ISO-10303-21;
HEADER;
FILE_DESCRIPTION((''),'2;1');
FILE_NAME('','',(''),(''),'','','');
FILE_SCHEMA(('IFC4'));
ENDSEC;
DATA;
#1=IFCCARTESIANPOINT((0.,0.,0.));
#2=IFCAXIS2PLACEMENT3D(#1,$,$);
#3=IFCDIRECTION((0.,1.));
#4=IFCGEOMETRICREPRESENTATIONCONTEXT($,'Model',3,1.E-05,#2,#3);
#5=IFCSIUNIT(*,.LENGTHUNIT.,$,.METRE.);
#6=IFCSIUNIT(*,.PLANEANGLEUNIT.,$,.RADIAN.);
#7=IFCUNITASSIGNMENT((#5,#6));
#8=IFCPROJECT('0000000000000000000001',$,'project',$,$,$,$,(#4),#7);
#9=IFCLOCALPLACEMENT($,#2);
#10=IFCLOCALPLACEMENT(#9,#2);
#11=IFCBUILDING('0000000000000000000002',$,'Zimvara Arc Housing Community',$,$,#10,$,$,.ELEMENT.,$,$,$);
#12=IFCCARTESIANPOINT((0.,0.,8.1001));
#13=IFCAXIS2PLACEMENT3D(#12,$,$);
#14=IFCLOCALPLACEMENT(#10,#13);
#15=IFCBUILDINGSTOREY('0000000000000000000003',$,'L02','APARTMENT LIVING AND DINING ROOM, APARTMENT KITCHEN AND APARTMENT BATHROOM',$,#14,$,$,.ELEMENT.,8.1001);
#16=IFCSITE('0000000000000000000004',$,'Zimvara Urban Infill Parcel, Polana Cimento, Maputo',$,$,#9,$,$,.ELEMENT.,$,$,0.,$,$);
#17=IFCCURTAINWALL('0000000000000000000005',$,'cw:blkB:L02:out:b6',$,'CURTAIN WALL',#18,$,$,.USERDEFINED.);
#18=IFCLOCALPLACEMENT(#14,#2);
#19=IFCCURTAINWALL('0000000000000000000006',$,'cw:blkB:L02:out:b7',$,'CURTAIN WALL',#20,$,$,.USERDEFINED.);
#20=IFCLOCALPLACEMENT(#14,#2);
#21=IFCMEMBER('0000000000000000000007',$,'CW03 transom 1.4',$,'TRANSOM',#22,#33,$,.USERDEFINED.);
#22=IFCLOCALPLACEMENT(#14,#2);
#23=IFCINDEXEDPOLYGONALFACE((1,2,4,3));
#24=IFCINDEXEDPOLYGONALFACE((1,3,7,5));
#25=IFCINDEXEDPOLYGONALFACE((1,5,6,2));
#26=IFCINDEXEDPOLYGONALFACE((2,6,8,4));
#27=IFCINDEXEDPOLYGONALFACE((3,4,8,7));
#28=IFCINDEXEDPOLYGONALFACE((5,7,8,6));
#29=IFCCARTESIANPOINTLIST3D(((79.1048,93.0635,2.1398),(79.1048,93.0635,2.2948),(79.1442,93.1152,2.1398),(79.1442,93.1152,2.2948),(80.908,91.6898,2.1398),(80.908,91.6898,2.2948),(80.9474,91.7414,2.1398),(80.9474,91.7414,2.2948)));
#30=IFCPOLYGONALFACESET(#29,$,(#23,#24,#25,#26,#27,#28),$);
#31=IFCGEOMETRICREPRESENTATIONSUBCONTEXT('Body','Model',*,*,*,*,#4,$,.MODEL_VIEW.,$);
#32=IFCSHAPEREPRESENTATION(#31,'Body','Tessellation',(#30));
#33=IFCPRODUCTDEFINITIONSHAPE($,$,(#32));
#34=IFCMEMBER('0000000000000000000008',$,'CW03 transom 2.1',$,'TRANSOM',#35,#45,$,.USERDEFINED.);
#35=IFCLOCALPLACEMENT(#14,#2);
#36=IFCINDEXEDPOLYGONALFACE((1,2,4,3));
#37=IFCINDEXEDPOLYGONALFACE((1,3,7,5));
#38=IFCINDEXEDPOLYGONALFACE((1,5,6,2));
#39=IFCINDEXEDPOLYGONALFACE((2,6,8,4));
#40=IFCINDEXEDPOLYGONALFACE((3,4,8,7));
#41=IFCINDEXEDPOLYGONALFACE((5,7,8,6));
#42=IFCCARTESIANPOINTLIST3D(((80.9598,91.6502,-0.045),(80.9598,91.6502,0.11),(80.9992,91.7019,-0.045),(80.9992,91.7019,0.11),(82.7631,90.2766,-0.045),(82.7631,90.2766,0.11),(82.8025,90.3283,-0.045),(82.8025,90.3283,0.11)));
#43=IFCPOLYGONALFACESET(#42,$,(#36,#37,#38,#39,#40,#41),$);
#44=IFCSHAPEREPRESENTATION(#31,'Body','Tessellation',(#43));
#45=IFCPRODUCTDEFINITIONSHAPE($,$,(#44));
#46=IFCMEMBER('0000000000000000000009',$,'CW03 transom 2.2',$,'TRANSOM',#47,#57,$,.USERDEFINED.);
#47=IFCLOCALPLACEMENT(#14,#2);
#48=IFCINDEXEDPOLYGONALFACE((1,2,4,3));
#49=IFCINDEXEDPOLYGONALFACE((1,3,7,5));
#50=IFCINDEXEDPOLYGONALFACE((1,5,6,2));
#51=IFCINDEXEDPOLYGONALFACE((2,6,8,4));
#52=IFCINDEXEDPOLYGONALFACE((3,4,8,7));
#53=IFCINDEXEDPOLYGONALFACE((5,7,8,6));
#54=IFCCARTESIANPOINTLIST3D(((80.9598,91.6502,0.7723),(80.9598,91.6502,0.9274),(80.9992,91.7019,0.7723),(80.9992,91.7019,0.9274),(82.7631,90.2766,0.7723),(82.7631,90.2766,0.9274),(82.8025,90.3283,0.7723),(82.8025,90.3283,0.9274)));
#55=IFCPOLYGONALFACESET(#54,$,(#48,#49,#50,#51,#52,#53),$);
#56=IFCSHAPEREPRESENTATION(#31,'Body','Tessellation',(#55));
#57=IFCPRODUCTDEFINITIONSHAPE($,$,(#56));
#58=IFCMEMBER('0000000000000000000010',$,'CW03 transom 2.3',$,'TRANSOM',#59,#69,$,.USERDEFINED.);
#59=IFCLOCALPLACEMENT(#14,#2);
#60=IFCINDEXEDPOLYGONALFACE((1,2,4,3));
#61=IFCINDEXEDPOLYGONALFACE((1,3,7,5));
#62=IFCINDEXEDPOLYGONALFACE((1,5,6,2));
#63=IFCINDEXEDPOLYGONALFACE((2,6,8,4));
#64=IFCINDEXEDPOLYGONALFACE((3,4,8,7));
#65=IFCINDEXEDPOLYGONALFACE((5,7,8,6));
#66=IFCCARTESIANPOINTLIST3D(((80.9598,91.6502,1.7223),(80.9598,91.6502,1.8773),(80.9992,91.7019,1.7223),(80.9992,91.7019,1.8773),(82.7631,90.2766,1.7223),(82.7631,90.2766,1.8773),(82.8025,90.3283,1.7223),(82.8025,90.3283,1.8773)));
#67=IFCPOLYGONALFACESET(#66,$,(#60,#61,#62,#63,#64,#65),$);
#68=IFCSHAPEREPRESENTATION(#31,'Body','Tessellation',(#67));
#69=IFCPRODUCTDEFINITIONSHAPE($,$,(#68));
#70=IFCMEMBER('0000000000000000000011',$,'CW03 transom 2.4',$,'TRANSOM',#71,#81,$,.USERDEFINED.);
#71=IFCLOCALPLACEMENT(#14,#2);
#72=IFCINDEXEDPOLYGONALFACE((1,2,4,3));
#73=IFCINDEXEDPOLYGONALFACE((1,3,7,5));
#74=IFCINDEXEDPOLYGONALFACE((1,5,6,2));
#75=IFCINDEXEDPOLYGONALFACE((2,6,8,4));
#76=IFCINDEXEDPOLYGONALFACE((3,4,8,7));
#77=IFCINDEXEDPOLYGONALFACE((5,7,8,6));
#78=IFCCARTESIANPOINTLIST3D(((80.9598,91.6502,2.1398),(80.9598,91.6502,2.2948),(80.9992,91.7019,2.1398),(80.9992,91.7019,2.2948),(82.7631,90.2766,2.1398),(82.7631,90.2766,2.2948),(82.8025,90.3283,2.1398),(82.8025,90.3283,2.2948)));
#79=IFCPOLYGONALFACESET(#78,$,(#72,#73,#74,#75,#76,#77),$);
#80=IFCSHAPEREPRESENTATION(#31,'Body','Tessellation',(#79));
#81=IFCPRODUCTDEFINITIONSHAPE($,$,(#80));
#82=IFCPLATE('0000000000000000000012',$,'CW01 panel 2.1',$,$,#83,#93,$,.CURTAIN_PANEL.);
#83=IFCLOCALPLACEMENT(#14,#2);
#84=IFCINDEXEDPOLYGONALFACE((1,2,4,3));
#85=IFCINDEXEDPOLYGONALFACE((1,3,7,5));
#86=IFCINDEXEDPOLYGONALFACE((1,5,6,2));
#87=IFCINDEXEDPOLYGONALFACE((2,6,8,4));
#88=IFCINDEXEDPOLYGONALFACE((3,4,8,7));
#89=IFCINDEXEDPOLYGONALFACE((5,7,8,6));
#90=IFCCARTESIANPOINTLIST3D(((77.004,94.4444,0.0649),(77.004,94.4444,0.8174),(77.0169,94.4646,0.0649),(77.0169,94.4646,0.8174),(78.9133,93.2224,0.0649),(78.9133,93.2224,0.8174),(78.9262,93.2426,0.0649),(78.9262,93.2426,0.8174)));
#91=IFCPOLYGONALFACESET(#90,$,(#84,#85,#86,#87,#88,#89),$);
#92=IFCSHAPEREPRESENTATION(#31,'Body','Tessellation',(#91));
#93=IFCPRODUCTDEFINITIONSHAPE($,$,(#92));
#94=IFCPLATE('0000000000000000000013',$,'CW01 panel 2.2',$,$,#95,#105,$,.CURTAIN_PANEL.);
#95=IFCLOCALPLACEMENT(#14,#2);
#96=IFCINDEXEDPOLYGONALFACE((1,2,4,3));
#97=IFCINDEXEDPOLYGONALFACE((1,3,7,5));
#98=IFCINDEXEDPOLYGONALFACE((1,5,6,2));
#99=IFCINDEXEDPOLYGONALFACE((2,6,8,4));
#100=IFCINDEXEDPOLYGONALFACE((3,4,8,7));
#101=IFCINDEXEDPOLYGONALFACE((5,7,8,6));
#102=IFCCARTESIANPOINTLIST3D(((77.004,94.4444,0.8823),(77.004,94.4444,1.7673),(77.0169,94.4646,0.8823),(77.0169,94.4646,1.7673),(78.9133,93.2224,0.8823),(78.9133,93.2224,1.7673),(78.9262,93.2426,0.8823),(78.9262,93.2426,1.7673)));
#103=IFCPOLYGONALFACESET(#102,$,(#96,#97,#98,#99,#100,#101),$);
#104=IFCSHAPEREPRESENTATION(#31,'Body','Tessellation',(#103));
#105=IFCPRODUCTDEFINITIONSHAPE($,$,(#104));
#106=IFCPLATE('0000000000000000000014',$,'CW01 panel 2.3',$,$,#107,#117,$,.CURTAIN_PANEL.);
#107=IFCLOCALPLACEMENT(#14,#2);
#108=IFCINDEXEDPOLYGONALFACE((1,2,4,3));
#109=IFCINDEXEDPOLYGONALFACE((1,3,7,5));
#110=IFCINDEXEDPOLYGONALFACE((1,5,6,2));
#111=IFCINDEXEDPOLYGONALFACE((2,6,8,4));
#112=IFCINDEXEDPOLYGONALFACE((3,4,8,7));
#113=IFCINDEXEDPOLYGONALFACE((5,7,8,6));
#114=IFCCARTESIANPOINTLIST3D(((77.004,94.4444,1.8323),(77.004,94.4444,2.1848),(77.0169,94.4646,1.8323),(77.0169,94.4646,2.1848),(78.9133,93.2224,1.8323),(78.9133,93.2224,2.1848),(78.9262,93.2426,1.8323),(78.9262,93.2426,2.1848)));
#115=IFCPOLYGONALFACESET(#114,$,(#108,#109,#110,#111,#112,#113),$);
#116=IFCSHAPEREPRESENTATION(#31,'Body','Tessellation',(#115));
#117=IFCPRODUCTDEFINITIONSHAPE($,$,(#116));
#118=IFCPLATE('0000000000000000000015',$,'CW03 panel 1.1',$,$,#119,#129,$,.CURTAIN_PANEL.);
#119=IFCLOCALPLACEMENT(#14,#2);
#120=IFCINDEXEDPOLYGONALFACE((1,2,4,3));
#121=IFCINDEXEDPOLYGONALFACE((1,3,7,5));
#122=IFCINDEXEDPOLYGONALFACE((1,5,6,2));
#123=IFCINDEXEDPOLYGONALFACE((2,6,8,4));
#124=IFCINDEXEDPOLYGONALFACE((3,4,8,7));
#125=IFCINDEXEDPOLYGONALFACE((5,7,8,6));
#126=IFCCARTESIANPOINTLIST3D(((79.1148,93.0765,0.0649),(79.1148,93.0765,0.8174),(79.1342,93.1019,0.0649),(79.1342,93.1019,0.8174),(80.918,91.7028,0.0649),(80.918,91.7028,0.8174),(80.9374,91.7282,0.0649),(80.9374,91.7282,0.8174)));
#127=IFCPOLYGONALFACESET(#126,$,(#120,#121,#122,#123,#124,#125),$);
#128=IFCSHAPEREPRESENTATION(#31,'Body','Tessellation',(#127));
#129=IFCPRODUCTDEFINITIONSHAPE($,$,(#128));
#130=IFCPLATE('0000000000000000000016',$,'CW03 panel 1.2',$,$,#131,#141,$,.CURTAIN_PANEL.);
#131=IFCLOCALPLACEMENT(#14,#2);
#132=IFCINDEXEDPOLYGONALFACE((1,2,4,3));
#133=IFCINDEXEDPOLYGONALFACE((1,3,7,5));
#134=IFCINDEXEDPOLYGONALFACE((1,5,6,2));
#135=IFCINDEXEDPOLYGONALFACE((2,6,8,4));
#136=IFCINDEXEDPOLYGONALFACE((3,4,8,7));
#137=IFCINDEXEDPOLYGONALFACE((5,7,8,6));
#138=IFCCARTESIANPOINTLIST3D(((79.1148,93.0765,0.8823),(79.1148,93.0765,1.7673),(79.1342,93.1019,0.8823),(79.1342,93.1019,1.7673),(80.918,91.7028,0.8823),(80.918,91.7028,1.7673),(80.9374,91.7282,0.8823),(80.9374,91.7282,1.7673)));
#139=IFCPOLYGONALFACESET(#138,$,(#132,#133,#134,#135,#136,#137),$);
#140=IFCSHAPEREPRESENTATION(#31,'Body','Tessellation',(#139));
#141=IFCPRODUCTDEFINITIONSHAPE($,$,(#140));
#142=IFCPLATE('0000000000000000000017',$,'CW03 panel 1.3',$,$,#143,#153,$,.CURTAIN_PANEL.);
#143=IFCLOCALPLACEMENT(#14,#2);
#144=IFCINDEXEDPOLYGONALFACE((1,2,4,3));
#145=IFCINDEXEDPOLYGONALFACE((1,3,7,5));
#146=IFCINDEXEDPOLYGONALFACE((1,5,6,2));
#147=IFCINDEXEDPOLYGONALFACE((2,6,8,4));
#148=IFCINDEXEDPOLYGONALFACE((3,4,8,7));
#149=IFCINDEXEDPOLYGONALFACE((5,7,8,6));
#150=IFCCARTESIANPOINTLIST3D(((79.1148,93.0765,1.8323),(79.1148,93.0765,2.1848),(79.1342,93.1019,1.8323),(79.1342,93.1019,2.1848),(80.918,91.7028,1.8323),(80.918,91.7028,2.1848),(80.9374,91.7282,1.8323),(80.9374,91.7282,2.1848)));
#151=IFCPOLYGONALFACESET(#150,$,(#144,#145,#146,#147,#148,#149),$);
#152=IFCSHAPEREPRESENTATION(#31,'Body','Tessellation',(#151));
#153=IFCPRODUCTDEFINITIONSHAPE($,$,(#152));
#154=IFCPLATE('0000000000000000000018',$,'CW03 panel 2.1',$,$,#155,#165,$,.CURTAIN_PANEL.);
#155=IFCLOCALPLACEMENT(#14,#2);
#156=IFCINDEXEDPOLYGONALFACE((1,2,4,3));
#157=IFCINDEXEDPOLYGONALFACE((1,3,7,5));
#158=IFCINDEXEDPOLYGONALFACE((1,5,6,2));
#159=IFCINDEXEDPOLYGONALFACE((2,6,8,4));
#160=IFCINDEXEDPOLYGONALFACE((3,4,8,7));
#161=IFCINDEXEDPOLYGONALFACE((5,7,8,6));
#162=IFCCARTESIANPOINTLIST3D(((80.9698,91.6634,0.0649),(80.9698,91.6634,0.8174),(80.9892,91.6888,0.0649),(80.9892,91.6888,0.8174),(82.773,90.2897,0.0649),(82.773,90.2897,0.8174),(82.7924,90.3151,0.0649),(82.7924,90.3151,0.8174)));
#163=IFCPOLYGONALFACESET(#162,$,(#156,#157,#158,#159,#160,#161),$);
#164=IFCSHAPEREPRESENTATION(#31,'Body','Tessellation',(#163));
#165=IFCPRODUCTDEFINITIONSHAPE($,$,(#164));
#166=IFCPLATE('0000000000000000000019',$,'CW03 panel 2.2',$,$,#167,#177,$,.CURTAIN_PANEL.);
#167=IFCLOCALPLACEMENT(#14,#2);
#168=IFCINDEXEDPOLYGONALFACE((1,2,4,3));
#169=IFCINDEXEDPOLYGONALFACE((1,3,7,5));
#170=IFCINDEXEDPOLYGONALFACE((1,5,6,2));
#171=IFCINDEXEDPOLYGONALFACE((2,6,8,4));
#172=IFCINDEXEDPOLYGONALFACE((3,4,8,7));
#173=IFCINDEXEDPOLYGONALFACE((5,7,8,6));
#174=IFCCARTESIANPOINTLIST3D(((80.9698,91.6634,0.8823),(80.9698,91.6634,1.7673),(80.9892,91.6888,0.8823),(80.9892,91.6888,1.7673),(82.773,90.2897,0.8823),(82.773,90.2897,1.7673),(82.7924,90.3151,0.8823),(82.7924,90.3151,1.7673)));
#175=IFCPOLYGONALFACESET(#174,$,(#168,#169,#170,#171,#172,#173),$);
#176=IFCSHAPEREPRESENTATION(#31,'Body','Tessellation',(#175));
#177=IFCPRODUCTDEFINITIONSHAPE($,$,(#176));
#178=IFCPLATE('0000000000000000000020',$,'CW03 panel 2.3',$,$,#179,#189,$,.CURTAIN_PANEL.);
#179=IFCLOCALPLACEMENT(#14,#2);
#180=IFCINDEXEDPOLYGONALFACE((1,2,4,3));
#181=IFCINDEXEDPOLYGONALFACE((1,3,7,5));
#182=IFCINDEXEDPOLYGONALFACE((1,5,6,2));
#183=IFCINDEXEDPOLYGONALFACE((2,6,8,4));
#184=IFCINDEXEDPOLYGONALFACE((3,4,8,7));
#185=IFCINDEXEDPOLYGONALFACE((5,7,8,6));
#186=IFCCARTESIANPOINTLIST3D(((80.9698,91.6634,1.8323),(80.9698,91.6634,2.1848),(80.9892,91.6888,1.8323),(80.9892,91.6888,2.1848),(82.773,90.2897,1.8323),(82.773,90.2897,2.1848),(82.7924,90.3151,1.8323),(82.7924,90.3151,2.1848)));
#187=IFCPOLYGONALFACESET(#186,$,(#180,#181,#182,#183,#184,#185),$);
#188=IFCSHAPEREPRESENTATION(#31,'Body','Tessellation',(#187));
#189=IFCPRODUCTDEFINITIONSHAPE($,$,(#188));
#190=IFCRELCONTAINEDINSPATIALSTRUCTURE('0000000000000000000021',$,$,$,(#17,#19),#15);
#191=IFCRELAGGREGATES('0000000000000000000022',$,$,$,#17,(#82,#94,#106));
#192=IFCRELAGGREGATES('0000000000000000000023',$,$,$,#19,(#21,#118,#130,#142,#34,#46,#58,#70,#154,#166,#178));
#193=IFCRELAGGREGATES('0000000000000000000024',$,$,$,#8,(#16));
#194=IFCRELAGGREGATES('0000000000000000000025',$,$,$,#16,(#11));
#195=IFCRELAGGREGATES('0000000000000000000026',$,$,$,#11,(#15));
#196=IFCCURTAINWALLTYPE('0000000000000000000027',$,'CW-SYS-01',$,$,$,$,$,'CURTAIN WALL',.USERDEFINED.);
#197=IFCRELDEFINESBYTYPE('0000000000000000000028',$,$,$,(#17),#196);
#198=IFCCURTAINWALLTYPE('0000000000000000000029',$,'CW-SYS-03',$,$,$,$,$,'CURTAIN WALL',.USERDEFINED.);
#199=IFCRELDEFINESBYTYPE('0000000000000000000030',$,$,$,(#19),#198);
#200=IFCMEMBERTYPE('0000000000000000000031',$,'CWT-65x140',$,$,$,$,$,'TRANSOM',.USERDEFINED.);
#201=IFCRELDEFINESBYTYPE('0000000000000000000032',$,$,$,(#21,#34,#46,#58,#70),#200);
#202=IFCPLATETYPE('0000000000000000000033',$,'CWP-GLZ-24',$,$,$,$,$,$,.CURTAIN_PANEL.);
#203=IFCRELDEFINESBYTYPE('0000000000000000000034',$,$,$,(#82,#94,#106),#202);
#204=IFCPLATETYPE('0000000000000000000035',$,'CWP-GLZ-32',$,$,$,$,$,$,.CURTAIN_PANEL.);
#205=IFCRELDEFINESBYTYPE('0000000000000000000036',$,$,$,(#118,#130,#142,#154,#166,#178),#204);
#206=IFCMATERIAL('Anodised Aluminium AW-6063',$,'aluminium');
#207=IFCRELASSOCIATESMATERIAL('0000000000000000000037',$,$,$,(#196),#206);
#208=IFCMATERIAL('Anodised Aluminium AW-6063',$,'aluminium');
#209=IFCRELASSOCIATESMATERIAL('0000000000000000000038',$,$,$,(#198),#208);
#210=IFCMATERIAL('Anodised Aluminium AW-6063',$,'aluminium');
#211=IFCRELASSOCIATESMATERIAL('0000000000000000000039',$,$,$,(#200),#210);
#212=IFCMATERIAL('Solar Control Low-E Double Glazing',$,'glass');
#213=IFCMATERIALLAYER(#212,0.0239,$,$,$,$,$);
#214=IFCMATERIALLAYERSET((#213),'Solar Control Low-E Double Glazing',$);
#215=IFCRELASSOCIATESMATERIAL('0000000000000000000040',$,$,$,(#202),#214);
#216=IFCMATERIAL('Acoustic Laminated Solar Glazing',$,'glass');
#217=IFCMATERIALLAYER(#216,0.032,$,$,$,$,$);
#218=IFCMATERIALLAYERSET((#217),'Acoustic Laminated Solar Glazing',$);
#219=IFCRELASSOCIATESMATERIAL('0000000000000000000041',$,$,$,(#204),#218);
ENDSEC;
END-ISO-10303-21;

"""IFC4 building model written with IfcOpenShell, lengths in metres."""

from ifc_helpers import new_model, si_unit, direction, frame, origin, origin_2d, place, context, subcontext, project, spatial, rectangle, extrude, material, layer, layer_set, material_profile, profile_set, type_object, element, aggregate, save


model = new_model("IFC4")

# Units and contexts
model_context = context("Model", 3, precision=1e-05, world=origin(), true_north=direction((0.0, 1.0)))
body_context = subcontext(model_context, "Body", "Model", "MODEL_VIEW")
ifc_project = project(units=[si_unit("LENGTHUNIT", "METRE"), si_unit("PLANEANGLEUNIT", "RADIAN")], contexts=[model_context])

# Site, building, storey
site_placement = place(None, origin())
site = spatial("IfcSite", under=ifc_project, at=site_placement, Name="Zimvara Urban Infill Parcel, Polana Cimento, Maputo", CompositionType="ELEMENT", RefElevation=0.0)
building_placement = place(site_placement, origin())
building = spatial("IfcBuilding", under=site, at=building_placement, Name="Zimvara Arc Housing Community", CompositionType="ELEMENT")
storey_placement = place(building_placement, frame((0.0, 0.0, 8.1001)))
storey = spatial("IfcBuildingStorey", under=building, at=storey_placement, Name="L02", Description="APARTMENT LIVING AND DINING ROOM, APARTMENT KITCHEN AND APARTMENT BATHROOM", CompositionType="ELEMENT", Elevation=8.1001)

# Curtain walls
ifc_material_1 = material(Name="Anodised Aluminium AW-6063", Category="aluminium")
curtain_wall_type_1 = type_object("IfcCurtainWallType", Name="CW-SYS-01", ElementType="CURTAIN WALL", PredefinedType="USERDEFINED", material=ifc_material_1)
curtain_wall_1_placement = place(storey_placement, origin())
curtain_wall_1 = element("IfcCurtainWall", 1, at=curtain_wall_1_placement, inside=storey, type_object=curtain_wall_type_1, Name="cw:blkB:L02:out:b6", ObjectType="CURTAIN WALL", PredefinedType="USERDEFINED")
ifc_material_2 = material(Name="Anodised Aluminium AW-6063", Category="aluminium")
curtain_wall_type_2 = type_object("IfcCurtainWallType", Name="CW-SYS-03", ElementType="CURTAIN WALL", PredefinedType="USERDEFINED", material=ifc_material_2)
curtain_wall_2_placement = place(storey_placement, origin())
curtain_wall_2 = element("IfcCurtainWall", 2, at=curtain_wall_2_placement, inside=storey, type_object=curtain_wall_type_2, Name="cw:blkB:L02:out:b7", ObjectType="CURTAIN WALL", PredefinedType="USERDEFINED")

# Members
ifc_material_3 = material(Name="Anodised Aluminium AW-6063", Category="aluminium")
ifc_material_profile_1 = material_profile(ifc_material_3, rectangle(XDim=0.0649, YDim=0.155, at=origin_2d()), Name="ALU 65x155")
ifc_profile_set_1 = profile_set([ifc_material_profile_1], Name="Anodised Aluminium AW-6063")
member_type_1 = type_object("IfcMemberType", Name="CWT-65x140", ElementType="TRANSOM", PredefinedType="USERDEFINED", material=ifc_profile_set_1)
member_1_placement = place(storey_placement, frame((79.1245, 93.0894, 2.2173), z_axis=(0.795454, -0.606014, 0.0), x_axis=(0.606014, 0.795454, 0.0)))
member_1 = element("IfcMember", 3, at=member_1_placement, type_object=member_type_1, Name="CW03 transom 1.4", ObjectType="TRANSOM", PredefinedType="USERDEFINED", context=body_context, shape_type="SweptSolid", body=[
    extrude(rectangle(XDim=0.0649, YDim=0.155, at=origin_2d()), origin(), (0.0, 0.0, 1.0), 2.2668),
])
member_2_placement = place(storey_placement, frame((80.9795, 91.676, 0.0325), z_axis=(0.795506, -0.605946, 0.0), x_axis=(0.605946, 0.795506, 0.0)))
member_2 = element("IfcMember", 4, at=member_2_placement, type_object=member_type_1, Name="CW03 transom 2.1", ObjectType="TRANSOM", PredefinedType="USERDEFINED", context=body_context, shape_type="SweptSolid", body=[
    extrude(rectangle(XDim=0.0649, YDim=0.155, at=origin_2d()), origin(), (0.0, 0.0, 1.0), 2.2668),
])
member_3_placement = place(storey_placement, frame((80.9795, 91.676, 0.8499), z_axis=(0.795506, -0.605946, 0.0), x_axis=(0.605946, 0.795506, 0.0)))
member_3 = element("IfcMember", 5, at=member_3_placement, type_object=member_type_1, Name="CW03 transom 2.2", ObjectType="TRANSOM", PredefinedType="USERDEFINED", context=body_context, shape_type="SweptSolid", body=[
    extrude(rectangle(XDim=0.0649, YDim=0.155, at=origin_2d()), origin(), (0.0, 0.0, 1.0), 2.2668),
])
member_4_placement = place(storey_placement, frame((80.9795, 91.676, 1.7998), z_axis=(0.795506, -0.605946, 0.0), x_axis=(0.605946, 0.795506, 0.0)))
member_4 = element("IfcMember", 6, at=member_4_placement, type_object=member_type_1, Name="CW03 transom 2.3", ObjectType="TRANSOM", PredefinedType="USERDEFINED", context=body_context, shape_type="SweptSolid", body=[
    extrude(rectangle(XDim=0.0649, YDim=0.155, at=origin_2d()), origin(), (0.0, 0.0, 1.0), 2.2668),
])
member_5_placement = place(storey_placement, frame((80.9795, 91.676, 2.2173), z_axis=(0.795506, -0.605946, 0.0), x_axis=(0.605946, 0.795506, 0.0)))
member_5 = element("IfcMember", 7, at=member_5_placement, type_object=member_type_1, Name="CW03 transom 2.4", ObjectType="TRANSOM", PredefinedType="USERDEFINED", context=body_context, shape_type="SweptSolid", body=[
    extrude(rectangle(XDim=0.0649, YDim=0.155, at=origin_2d()), origin(), (0.0, 0.0, 1.0), 2.2668),
])

# Plates
ifc_material_4 = material(Name="Solar Control Low-E Double Glazing", Category="glass")
ifc_layer_1 = layer(ifc_material_4, 0.0239)
ifc_layer_set_1 = layer_set([ifc_layer_1], Name="Solar Control Low-E Double Glazing")
plate_type_1 = type_object("IfcPlateType", Name="CWP-GLZ-24", PredefinedType="CURTAIN_PANEL", material=ifc_layer_set_1)
plate_1_placement = place(storey_placement, frame((77.9651, 93.8435, 0.0649), z_axis=(0.0, 0.0, 1.0), x_axis=(0.842264, -0.539065, 0.0)))
plate_1 = element("IfcPlate", 8, at=plate_1_placement, type_object=plate_type_1, Name="CW01 panel 2.1", PredefinedType="CURTAIN_PANEL", context=body_context, shape_type="SweptSolid", body=[
    extrude(rectangle(XDim=2.2668, YDim=0.0239, at=origin_2d()), origin(), (0.0, 0.0, 1.0), 0.7524),
])
plate_2_placement = place(storey_placement, frame((77.9651, 93.8435, 0.8823), z_axis=(0.0, 0.0, 1.0), x_axis=(0.842264, -0.539065, 0.0)))
plate_2 = element("IfcPlate", 9, at=plate_2_placement, type_object=plate_type_1, Name="CW01 panel 2.2", PredefinedType="CURTAIN_PANEL", context=body_context, shape_type="SweptSolid", body=[
    extrude(rectangle(XDim=2.2668, YDim=0.0239, at=origin_2d()), origin(), (0.0, 0.0, 1.0), 0.885),
])
plate_3_placement = place(storey_placement, frame((77.9651, 93.8435, 1.8323), z_axis=(0.0, 0.0, 1.0), x_axis=(0.842264, -0.539065, 0.0)))
plate_3 = element("IfcPlate", 10, at=plate_3_placement, type_object=plate_type_1, Name="CW01 panel 2.3", PredefinedType="CURTAIN_PANEL", context=body_context, shape_type="SweptSolid", body=[
    extrude(rectangle(XDim=2.2668, YDim=0.0239, at=origin_2d()), origin(), (0.0, 0.0, 1.0), 0.3525),
])
aggregate(curtain_wall_1, [plate_1, plate_2, plate_3])
ifc_material_5 = material(Name="Acoustic Laminated Solar Glazing", Category="glass")
ifc_layer_2 = layer(ifc_material_5, 0.032)
ifc_layer_set_2 = layer_set([ifc_layer_2], Name="Acoustic Laminated Solar Glazing")
plate_type_2 = type_object("IfcPlateType", Name="CWP-GLZ-32", PredefinedType="CURTAIN_PANEL", material=ifc_layer_set_2)
plate_4_placement = place(storey_placement, frame((80.0261, 92.4023, 0.0649), z_axis=(0.0, 0.0, 1.0), x_axis=(0.795474, -0.605988, 0.0)))
plate_4 = element("IfcPlate", 11, at=plate_4_placement, type_object=plate_type_2, Name="CW03 panel 1.1", PredefinedType="CURTAIN_PANEL", context=body_context, shape_type="SweptSolid", body=[
    extrude(rectangle(XDim=2.2668, YDim=0.032, at=origin_2d()), origin(), (0.0, 0.0, 1.0), 0.7524),
])
plate_5_placement = place(storey_placement, frame((80.0261, 92.4023, 0.8823), z_axis=(0.0, 0.0, 1.0), x_axis=(0.795474, -0.605988, 0.0)))
plate_5 = element("IfcPlate", 12, at=plate_5_placement, type_object=plate_type_2, Name="CW03 panel 1.2", PredefinedType="CURTAIN_PANEL", context=body_context, shape_type="SweptSolid", body=[
    extrude(rectangle(XDim=2.2668, YDim=0.032, at=origin_2d()), origin(), (0.0, 0.0, 1.0), 0.885),
])
plate_6_placement = place(storey_placement, frame((80.0261, 92.4023, 1.8323), z_axis=(0.0, 0.0, 1.0), x_axis=(0.795474, -0.605988, 0.0)))
plate_6 = element("IfcPlate", 13, at=plate_6_placement, type_object=plate_type_2, Name="CW03 panel 1.3", PredefinedType="CURTAIN_PANEL", context=body_context, shape_type="SweptSolid", body=[
    extrude(rectangle(XDim=2.2668, YDim=0.032, at=origin_2d()), origin(), (0.0, 0.0, 1.0), 0.3525),
])
plate_7_placement = place(storey_placement, frame((81.8811, 90.9893, 0.0649), z_axis=(0.0, 0.0, 1.0), x_axis=(0.795474, -0.605988, 0.0)))
plate_7 = element("IfcPlate", 14, at=plate_7_placement, type_object=plate_type_2, Name="CW03 panel 2.1", PredefinedType="CURTAIN_PANEL", context=body_context, shape_type="SweptSolid", body=[
    extrude(rectangle(XDim=2.2668, YDim=0.032, at=origin_2d()), origin(), (0.0, 0.0, 1.0), 0.7524),
])
plate_8_placement = place(storey_placement, frame((81.8811, 90.9893, 0.8823), z_axis=(0.0, 0.0, 1.0), x_axis=(0.795474, -0.605988, 0.0)))
plate_8 = element("IfcPlate", 15, at=plate_8_placement, type_object=plate_type_2, Name="CW03 panel 2.2", PredefinedType="CURTAIN_PANEL", context=body_context, shape_type="SweptSolid", body=[
    extrude(rectangle(XDim=2.2668, YDim=0.032, at=origin_2d()), origin(), (0.0, 0.0, 1.0), 0.885),
])
plate_9_placement = place(storey_placement, frame((81.8811, 90.9893, 1.8323), z_axis=(0.0, 0.0, 1.0), x_axis=(0.795474, -0.605988, 0.0)))
plate_9 = element("IfcPlate", 16, at=plate_9_placement, type_object=plate_type_2, Name="CW03 panel 2.3", PredefinedType="CURTAIN_PANEL", context=body_context, shape_type="SweptSolid", body=[
    extrude(rectangle(XDim=2.2668, YDim=0.032, at=origin_2d()), origin(), (0.0, 0.0, 1.0), 0.3525),
])
aggregate(curtain_wall_2, [member_1, plate_4, plate_5, plate_6, member_2, member_3, member_4, member_5, plate_7, plate_8, plate_9])

save(model, "model.ifc")
